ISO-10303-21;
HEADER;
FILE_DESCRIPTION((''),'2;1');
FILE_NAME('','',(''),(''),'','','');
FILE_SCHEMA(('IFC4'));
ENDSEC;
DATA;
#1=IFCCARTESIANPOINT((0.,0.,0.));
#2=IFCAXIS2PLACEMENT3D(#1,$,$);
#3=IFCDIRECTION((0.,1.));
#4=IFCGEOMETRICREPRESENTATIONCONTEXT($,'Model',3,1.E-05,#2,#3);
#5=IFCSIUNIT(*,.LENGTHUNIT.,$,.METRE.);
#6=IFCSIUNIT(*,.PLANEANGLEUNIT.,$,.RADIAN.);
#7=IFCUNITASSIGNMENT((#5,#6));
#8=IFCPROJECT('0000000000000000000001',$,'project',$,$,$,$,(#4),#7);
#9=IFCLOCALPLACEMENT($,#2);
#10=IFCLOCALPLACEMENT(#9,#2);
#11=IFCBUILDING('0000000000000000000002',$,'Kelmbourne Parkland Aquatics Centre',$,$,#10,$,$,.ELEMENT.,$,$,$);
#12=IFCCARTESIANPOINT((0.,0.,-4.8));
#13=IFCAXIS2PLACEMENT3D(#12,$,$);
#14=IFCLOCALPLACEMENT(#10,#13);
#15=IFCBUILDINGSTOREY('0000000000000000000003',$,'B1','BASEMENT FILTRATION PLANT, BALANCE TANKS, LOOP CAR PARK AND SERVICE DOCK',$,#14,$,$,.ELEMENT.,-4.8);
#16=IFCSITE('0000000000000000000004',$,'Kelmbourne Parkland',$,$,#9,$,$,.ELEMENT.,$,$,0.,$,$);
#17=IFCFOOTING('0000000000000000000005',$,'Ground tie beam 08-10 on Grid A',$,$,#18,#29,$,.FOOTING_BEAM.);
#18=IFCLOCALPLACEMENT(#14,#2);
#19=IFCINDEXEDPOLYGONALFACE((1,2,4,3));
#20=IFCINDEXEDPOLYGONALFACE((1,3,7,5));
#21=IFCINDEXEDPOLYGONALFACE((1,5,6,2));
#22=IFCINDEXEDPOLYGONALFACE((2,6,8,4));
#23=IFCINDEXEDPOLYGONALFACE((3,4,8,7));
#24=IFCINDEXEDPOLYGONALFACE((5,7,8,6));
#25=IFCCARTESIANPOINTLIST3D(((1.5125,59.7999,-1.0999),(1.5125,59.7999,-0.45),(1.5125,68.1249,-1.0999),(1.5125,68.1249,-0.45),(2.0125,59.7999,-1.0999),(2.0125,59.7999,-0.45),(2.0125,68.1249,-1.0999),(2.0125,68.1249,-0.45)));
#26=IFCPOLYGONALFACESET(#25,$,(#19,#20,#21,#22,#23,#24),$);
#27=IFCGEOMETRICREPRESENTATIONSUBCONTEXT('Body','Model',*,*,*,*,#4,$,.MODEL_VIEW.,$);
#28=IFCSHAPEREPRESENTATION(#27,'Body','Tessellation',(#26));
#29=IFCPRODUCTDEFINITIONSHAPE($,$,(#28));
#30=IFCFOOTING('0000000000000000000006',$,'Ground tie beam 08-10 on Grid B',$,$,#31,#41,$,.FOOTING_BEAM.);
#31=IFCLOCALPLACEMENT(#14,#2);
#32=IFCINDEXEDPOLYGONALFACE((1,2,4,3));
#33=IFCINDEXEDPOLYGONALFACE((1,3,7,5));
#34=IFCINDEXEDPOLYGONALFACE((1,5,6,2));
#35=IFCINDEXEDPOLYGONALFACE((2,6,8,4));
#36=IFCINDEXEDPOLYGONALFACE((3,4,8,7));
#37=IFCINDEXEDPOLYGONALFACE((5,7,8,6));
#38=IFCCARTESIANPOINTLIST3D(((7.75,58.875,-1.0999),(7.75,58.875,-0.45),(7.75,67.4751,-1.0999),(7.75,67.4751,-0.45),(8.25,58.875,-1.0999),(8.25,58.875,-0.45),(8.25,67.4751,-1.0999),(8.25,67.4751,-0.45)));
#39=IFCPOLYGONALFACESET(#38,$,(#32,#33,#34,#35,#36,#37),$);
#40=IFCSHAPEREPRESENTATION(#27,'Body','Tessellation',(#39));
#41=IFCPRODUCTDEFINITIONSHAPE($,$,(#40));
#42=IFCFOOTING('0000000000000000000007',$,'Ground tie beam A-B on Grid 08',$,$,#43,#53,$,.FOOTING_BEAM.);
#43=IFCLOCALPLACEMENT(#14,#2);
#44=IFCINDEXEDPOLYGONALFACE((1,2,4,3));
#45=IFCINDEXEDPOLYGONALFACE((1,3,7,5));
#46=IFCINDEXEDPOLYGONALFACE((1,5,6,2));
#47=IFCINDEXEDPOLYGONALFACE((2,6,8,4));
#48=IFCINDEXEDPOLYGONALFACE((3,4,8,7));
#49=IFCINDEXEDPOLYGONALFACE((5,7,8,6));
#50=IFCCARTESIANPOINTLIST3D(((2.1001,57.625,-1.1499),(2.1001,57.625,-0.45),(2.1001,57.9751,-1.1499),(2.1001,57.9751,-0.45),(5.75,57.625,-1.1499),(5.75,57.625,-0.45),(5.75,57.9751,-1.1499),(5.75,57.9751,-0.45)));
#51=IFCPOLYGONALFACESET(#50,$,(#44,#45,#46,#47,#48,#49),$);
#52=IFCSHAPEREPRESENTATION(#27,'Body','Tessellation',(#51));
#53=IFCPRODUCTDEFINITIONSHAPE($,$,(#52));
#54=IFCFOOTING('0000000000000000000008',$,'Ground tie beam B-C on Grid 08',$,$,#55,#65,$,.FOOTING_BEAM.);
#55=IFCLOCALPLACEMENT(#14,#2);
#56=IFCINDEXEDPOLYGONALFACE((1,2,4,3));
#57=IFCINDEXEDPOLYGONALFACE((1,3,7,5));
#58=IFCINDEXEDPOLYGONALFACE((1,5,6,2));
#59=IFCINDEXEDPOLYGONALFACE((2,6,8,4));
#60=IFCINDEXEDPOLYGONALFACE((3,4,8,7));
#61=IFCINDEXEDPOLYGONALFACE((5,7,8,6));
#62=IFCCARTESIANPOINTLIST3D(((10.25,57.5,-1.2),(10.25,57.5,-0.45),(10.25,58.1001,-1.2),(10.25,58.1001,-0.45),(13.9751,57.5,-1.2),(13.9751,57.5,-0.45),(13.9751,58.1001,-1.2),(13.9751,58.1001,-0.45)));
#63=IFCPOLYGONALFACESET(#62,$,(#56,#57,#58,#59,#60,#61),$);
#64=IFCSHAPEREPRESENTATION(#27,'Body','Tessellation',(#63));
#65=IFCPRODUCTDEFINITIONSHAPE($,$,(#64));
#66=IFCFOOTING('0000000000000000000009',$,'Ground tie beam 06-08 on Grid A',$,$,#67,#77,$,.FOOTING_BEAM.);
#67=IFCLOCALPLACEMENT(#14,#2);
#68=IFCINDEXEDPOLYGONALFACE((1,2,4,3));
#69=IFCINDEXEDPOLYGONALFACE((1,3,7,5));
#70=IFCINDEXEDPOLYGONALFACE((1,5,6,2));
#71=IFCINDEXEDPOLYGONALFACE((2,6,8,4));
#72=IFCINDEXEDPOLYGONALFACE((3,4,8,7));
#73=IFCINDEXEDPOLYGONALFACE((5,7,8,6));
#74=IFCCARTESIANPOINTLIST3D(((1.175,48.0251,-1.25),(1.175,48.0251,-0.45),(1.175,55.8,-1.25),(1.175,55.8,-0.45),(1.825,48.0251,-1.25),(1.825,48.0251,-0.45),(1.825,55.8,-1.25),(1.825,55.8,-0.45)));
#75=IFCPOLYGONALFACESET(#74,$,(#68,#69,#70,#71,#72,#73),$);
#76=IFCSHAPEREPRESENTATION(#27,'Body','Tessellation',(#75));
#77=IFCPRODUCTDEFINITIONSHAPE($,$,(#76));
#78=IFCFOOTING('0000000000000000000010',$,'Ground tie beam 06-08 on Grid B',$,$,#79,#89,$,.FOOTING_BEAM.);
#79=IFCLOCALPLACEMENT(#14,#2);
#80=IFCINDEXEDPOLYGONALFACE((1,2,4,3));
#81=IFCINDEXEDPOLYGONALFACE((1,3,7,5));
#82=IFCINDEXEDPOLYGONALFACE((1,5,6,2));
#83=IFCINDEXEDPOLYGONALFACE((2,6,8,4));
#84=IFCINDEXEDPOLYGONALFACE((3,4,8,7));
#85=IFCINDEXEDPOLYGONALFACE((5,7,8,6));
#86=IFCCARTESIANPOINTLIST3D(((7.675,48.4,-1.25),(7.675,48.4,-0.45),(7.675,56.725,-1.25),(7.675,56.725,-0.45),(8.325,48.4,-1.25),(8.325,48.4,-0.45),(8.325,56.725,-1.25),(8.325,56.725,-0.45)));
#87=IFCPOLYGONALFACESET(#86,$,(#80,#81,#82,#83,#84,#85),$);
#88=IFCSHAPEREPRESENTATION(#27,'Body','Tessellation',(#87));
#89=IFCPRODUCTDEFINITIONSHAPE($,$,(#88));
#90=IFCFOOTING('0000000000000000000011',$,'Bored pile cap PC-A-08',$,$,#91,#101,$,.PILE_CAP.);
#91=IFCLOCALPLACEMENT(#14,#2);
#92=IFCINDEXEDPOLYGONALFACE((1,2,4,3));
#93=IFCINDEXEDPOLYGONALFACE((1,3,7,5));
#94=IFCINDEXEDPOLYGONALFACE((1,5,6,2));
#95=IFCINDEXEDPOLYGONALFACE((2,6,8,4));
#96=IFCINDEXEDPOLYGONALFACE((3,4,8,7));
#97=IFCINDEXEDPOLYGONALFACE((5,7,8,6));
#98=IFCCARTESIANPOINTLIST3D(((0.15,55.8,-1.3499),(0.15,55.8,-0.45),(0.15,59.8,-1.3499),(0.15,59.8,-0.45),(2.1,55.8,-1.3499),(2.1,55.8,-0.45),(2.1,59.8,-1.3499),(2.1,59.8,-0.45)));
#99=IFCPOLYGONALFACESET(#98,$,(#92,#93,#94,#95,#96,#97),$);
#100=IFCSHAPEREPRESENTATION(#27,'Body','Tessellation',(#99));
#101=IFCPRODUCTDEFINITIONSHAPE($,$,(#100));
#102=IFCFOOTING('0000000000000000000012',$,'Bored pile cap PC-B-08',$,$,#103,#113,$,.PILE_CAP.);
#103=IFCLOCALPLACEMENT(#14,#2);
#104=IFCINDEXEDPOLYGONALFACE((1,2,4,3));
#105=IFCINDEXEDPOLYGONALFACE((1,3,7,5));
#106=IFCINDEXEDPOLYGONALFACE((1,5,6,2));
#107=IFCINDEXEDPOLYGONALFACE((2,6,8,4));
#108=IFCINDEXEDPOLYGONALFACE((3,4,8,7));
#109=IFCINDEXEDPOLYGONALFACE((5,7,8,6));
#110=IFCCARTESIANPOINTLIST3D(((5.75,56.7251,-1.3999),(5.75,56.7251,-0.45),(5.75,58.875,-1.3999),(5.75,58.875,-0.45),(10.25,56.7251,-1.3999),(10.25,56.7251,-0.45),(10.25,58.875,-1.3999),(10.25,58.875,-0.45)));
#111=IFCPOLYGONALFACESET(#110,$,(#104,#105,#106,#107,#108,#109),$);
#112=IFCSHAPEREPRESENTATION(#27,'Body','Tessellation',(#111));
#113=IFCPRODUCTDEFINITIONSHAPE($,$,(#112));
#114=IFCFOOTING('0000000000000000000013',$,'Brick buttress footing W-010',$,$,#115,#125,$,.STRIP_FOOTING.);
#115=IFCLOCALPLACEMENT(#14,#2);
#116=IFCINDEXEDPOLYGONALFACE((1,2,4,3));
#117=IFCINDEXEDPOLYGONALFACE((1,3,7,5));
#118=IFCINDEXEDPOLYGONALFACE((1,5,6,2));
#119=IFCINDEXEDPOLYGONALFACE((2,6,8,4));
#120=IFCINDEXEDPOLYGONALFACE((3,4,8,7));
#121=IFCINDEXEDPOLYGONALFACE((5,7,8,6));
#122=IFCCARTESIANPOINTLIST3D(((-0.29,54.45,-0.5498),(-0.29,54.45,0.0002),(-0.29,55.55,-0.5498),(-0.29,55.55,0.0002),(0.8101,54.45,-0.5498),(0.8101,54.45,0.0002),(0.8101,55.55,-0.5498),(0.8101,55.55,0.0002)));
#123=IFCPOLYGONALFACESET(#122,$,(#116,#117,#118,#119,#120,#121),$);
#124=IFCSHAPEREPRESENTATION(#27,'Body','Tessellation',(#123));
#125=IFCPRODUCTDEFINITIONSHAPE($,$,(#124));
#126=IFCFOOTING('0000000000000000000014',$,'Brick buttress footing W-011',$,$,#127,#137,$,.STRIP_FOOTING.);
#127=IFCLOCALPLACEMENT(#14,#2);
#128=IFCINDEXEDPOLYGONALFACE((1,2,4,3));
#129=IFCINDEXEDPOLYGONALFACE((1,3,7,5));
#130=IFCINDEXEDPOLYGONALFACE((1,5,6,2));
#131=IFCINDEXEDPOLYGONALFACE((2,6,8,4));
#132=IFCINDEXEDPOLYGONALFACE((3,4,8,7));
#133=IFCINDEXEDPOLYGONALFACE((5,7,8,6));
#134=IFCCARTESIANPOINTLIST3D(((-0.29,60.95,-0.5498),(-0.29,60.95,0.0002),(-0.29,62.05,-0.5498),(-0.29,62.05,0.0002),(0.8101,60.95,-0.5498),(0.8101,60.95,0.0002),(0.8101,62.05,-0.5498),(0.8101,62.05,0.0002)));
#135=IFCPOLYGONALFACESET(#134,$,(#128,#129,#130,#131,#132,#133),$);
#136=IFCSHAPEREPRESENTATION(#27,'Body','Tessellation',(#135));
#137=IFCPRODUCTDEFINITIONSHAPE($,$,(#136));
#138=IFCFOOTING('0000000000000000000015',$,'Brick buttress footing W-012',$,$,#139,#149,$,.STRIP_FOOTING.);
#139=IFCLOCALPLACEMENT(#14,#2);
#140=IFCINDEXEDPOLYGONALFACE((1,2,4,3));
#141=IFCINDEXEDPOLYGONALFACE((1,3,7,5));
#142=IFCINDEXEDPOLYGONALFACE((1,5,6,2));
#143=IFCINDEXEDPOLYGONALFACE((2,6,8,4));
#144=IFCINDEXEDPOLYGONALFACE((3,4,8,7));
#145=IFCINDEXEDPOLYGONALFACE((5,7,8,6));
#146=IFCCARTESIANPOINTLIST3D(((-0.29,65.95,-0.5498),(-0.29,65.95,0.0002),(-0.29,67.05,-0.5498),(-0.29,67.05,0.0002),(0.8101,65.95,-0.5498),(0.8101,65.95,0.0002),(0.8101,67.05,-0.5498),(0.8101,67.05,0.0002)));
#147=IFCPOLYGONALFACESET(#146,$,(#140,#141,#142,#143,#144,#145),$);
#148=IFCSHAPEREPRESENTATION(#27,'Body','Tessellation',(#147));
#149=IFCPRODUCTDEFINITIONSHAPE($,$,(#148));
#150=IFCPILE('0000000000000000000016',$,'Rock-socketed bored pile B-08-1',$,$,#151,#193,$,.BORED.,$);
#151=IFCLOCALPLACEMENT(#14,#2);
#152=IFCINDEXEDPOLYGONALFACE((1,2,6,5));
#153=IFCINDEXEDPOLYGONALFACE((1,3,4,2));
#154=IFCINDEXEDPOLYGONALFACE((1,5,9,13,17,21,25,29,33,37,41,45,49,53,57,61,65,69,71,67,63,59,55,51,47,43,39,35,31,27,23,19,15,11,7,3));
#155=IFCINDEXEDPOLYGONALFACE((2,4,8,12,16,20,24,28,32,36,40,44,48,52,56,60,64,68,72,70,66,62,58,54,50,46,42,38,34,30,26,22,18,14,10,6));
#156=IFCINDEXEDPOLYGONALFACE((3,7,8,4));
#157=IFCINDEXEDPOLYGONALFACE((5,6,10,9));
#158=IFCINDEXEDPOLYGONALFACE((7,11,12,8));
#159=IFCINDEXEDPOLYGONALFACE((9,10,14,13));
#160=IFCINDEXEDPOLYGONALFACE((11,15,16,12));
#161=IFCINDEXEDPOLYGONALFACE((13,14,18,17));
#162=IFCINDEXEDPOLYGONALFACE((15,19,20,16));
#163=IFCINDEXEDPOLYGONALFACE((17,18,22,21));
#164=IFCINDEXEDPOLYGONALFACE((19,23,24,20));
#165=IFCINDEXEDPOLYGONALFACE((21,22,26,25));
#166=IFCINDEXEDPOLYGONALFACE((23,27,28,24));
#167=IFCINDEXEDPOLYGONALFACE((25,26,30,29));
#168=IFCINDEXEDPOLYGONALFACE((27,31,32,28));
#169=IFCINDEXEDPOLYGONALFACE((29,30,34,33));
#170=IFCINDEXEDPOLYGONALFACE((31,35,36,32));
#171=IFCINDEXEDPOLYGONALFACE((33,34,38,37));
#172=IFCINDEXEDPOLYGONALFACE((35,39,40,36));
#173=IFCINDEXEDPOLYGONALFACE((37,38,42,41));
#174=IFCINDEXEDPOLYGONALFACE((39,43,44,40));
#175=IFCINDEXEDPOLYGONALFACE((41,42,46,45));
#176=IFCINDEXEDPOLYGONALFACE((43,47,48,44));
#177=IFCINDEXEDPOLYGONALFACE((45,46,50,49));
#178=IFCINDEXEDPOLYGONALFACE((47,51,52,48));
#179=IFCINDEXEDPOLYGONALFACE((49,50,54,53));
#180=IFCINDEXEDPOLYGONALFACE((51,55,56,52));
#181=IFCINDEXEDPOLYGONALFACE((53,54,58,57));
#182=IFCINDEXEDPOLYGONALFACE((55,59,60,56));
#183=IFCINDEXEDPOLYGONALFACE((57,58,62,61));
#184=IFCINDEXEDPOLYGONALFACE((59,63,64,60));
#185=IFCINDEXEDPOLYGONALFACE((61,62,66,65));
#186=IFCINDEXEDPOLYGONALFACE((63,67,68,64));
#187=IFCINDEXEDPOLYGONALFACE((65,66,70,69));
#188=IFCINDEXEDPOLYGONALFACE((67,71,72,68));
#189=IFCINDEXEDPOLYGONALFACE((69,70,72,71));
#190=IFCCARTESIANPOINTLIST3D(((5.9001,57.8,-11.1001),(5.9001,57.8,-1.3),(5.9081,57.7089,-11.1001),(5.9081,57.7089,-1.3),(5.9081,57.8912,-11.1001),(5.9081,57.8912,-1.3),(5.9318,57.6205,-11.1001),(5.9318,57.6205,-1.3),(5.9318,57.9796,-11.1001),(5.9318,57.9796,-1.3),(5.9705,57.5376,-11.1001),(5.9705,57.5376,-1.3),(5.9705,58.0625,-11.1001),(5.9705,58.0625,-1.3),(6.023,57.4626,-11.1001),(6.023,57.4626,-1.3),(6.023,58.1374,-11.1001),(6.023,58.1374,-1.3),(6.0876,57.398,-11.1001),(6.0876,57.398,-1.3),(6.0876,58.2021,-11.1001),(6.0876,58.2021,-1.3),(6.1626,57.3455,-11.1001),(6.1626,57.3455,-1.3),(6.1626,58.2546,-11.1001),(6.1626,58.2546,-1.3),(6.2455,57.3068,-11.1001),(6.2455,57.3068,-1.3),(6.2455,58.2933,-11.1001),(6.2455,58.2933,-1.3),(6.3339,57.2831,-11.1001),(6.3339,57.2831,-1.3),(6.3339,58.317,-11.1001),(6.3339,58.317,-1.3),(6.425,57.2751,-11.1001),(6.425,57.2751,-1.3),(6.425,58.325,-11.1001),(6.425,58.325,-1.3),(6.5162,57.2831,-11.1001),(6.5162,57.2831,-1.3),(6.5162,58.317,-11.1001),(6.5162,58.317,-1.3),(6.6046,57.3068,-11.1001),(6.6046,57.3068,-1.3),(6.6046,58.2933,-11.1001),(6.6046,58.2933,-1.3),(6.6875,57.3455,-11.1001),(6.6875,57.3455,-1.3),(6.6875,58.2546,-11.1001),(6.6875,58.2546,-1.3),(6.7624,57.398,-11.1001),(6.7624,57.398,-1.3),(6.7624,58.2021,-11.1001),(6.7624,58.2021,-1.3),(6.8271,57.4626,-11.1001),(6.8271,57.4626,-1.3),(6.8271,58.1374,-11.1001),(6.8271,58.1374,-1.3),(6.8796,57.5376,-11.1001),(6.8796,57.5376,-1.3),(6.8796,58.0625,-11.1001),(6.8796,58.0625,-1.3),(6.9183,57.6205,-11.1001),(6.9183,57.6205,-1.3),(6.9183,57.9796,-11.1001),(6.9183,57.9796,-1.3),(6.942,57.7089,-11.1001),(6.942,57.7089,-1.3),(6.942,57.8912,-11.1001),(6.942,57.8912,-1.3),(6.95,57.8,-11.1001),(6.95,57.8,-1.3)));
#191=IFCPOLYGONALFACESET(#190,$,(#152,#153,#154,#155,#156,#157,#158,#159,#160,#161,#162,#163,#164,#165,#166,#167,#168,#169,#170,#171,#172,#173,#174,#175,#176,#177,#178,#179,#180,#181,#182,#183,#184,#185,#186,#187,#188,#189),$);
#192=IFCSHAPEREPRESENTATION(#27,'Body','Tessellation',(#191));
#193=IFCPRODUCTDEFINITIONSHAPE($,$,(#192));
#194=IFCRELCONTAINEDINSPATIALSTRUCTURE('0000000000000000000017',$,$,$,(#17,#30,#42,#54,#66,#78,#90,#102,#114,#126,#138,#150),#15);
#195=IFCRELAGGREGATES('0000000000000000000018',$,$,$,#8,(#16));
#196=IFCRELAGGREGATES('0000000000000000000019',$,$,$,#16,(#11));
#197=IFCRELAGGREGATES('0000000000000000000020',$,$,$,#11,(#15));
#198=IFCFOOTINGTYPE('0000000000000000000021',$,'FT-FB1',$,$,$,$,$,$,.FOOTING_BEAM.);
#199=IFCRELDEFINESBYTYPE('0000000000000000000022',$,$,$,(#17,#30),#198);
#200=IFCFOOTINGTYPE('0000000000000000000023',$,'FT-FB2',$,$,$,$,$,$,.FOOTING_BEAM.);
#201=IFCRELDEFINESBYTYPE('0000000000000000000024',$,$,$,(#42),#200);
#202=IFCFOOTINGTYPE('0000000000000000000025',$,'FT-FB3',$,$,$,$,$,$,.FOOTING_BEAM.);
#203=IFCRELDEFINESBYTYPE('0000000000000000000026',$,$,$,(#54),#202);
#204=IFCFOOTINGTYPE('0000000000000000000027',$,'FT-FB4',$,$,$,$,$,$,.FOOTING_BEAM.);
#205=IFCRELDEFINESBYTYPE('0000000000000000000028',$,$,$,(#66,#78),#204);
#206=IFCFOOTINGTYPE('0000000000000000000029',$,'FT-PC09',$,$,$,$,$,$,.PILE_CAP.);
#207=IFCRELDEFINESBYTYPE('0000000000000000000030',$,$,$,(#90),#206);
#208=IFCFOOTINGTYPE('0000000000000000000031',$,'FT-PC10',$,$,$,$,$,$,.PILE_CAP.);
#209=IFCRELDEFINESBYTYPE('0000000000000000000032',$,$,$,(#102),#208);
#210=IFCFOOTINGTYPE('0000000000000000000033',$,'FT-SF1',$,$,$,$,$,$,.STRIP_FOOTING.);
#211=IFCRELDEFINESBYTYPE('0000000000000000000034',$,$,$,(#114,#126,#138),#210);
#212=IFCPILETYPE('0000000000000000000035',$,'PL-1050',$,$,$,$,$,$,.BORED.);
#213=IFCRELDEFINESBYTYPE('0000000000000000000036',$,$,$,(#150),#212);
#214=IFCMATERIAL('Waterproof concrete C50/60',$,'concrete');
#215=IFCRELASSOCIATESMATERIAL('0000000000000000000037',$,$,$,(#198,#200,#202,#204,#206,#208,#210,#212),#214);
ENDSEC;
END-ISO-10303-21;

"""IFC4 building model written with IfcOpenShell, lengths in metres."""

from ifc_helpers import new_model, si_unit, direction, frame, origin, origin_2d, place, context, subcontext, project, spatial, rectangle, circle, extrude, material, material_profile, profile_set, type_object, element, save


model = new_model("IFC4")

# Units and contexts
model_context = context("Model", 3, precision=1e-05, world=origin(), true_north=direction((0.0, 1.0)))
body_context = subcontext(model_context, "Body", "Model", "MODEL_VIEW")
ifc_project = project(units=[si_unit("LENGTHUNIT", "METRE"), si_unit("PLANEANGLEUNIT", "RADIAN")], contexts=[model_context])

# Site, building, storey
site_placement = place(None, origin())
site = spatial("IfcSite", under=ifc_project, at=site_placement, Name="Kelmbourne Parkland", CompositionType="ELEMENT", RefElevation=0.0)
building_placement = place(site_placement, origin())
building = spatial("IfcBuilding", under=site, at=building_placement, Name="Kelmbourne Parkland Aquatics Centre", CompositionType="ELEMENT")
storey_placement = place(building_placement, frame((0.0, 0.0, -4.8)))
storey = spatial("IfcBuildingStorey", under=building, at=storey_placement, Name="B1", Description="BASEMENT FILTRATION PLANT, BALANCE TANKS, LOOP CAR PARK AND SERVICE DOCK", CompositionType="ELEMENT", Elevation=-4.8)

# Footings
ifc_material_1 = material(Name="Waterproof concrete C50/60", Category="concrete")
footing_type_1 = type_object("IfcFootingType", Name="FT-FB1", PredefinedType="FOOTING_BEAM", material=ifc_material_1)
footing_1_placement = place(storey_placement, frame((1.7625, 63.9624, -1.0999), z_axis=(0.0, 0.0, 1.0), x_axis=(0.0, 1.0, 0.0)))
element("IfcFooting", 1, at=footing_1_placement, inside=storey, type_object=footing_type_1, Name="Ground tie beam 08-10 on Grid A", PredefinedType="FOOTING_BEAM", context=body_context, shape_type="SweptSolid", body=[
    extrude(rectangle(XDim=8.325, YDim=0.5, at=origin_2d()), origin(), (0.0, 0.0, 1.0), 0.6499),
])
footing_2_placement = place(storey_placement, frame((8.0, 63.175, -1.0999), z_axis=(0.0, 0.0, 1.0), x_axis=(0.0, 1.0, 0.0)))
element("IfcFooting", 2, at=footing_2_placement, inside=storey, type_object=footing_type_1, Name="Ground tie beam 08-10 on Grid B", PredefinedType="FOOTING_BEAM", context=body_context, shape_type="SweptSolid", body=[
    extrude(rectangle(XDim=8.6001, YDim=0.5, at=origin_2d()), origin(), (0.0, 0.0, 1.0), 0.6499),
])
footing_type_2 = type_object("IfcFootingType", Name="FT-FB2", PredefinedType="FOOTING_BEAM", material=ifc_material_1)
footing_3_placement = place(storey_placement, frame((3.925, 57.8, -1.1499), z_axis=(0.0, 0.0, 1.0), x_axis=(1.0, 0.0, 0.0)))
element("IfcFooting", 3, at=footing_3_placement, inside=storey, type_object=footing_type_2, Name="Ground tie beam A-B on Grid 08", PredefinedType="FOOTING_BEAM", context=body_context, shape_type="SweptSolid", body=[
    extrude(rectangle(XDim=3.6499, YDim=0.3501, at=origin_2d()), origin(), (0.0, 0.0, 1.0), 0.7),
])
footing_type_3 = type_object("IfcFootingType", Name="FT-FB3", PredefinedType="FOOTING_BEAM", material=ifc_material_1)
footing_4_placement = place(storey_placement, frame((12.1125, 57.8, -1.2), z_axis=(0.0, 0.0, 1.0), x_axis=(1.0, 0.0, 0.0)))
element("IfcFooting", 4, at=footing_4_placement, inside=storey, type_object=footing_type_3, Name="Ground tie beam B-C on Grid 08", PredefinedType="FOOTING_BEAM", context=body_context, shape_type="SweptSolid", body=[
    extrude(rectangle(XDim=3.7251, YDim=0.6001, at=origin_2d()), origin(), (0.0, 0.0, 1.0), 0.75),
])
footing_type_4 = type_object("IfcFootingType", Name="FT-FB4", PredefinedType="FOOTING_BEAM", material=ifc_material_1)
footing_5_placement = place(storey_placement, frame((1.5, 51.9126, -1.25), z_axis=(0.0, 0.0, 1.0), x_axis=(0.0, 1.0, 0.0)))
element("IfcFooting", 5, at=footing_5_placement, inside=storey, type_object=footing_type_4, Name="Ground tie beam 06-08 on Grid A", PredefinedType="FOOTING_BEAM", context=body_context, shape_type="SweptSolid", body=[
    extrude(rectangle(XDim=7.7749, YDim=0.6499, at=origin_2d()), origin(), (0.0, 0.0, 1.0), 0.8),
])
footing_6_placement = place(storey_placement, frame((8.0, 52.5625, -1.25), z_axis=(0.0, 0.0, 1.0), x_axis=(0.0, 1.0, 0.0)))
element("IfcFooting", 6, at=footing_6_placement, inside=storey, type_object=footing_type_4, Name="Ground tie beam 06-08 on Grid B", PredefinedType="FOOTING_BEAM", context=body_context, shape_type="SweptSolid", body=[
    extrude(rectangle(XDim=8.325, YDim=0.6499, at=origin_2d()), origin(), (0.0, 0.0, 1.0), 0.8),
])
footing_type_5 = type_object("IfcFootingType", Name="FT-PC09", PredefinedType="PILE_CAP", material=ifc_material_1)
footing_7_placement = place(storey_placement, frame((1.125, 57.8, -1.3499), z_axis=(0.0, 0.0, 1.0), x_axis=(1.0, 0.0, 0.0)))
element("IfcFooting", 7, at=footing_7_placement, inside=storey, type_object=footing_type_5, Name="Bored pile cap PC-A-08", PredefinedType="PILE_CAP", context=body_context, shape_type="SweptSolid", body=[
    extrude(rectangle(XDim=1.95, YDim=4.0, at=origin_2d()), origin(), (0.0, 0.0, 1.0), 0.8999),
])
footing_type_6 = type_object("IfcFootingType", Name="FT-PC10", PredefinedType="PILE_CAP", material=ifc_material_1)
footing_8_placement = place(storey_placement, frame((8.0, 57.8, -1.3999), z_axis=(0.0, 0.0, 1.0), x_axis=(1.0, 0.0, 0.0)))
element("IfcFooting", 8, at=footing_8_placement, inside=storey, type_object=footing_type_6, Name="Bored pile cap PC-B-08", PredefinedType="PILE_CAP", context=body_context, shape_type="SweptSolid", body=[
    extrude(rectangle(XDim=4.5, YDim=2.1499, at=origin_2d()), origin(), (0.0, 0.0, 1.0), 0.95),
])
footing_type_7 = type_object("IfcFootingType", Name="FT-SF1", PredefinedType="STRIP_FOOTING", material=ifc_material_1)
for number, where, z_axis, x_axis, name in (
    (9, (0.26, 55.0, -0.5498), (0.0, 0.0, 1.0), (1.0, 0.0, 0.0), "Brick buttress footing W-010"),
    (10, (0.26, 61.5, -0.5498), (0.0, 0.0, 1.0), (1.0, 0.0, 0.0), "Brick buttress footing W-011"),
    (11, (0.26, 66.5, -0.5498), (0.0, 0.0, 1.0), (1.0, 0.0, 0.0), "Brick buttress footing W-012"),
):
    element("IfcFooting", number, at=place(storey_placement, frame(where, z_axis=z_axis, x_axis=x_axis)), inside=storey, type_object=footing_type_7, Name=name, PredefinedType="STRIP_FOOTING", context=body_context, shape_type="SweptSolid", body=[
        extrude(rectangle(XDim=1.1001, YDim=1.1001, at=origin_2d()), origin(), (0.0, 0.0, 1.0), 0.55),
    ])

# Pile
ifc_material_profile_1 = material_profile(ifc_material_1, circle(Radius=0.5249, at=origin_2d()), Name="PILE D1050")
ifc_profile_set_1 = profile_set([ifc_material_profile_1], Name="Waterproof concrete C50/60")
pile_type_1 = type_object("IfcPileType", Name="PL-1050", PredefinedType="BORED", material=ifc_profile_set_1)
for number, where, z_axis, x_axis, name in (
    (12, (6.425, 57.8, -1.3), (0.0, 0.0, -1.0), (1.0, 0.0, 0.0), "Rock-socketed bored pile B-08-1"),
):
    element("IfcPile", number, at=place(storey_placement, frame(where, z_axis=z_axis, x_axis=x_axis)), inside=storey, type_object=pile_type_1, Name=name, PredefinedType="BORED", context=body_context, shape_type="SweptSolid", body=[
        extrude(circle(Radius=0.5249, at=origin_2d()), origin(), (0.0, 0.0, 1.0), 9.8),
    ])

save(model, "model.ifc")
